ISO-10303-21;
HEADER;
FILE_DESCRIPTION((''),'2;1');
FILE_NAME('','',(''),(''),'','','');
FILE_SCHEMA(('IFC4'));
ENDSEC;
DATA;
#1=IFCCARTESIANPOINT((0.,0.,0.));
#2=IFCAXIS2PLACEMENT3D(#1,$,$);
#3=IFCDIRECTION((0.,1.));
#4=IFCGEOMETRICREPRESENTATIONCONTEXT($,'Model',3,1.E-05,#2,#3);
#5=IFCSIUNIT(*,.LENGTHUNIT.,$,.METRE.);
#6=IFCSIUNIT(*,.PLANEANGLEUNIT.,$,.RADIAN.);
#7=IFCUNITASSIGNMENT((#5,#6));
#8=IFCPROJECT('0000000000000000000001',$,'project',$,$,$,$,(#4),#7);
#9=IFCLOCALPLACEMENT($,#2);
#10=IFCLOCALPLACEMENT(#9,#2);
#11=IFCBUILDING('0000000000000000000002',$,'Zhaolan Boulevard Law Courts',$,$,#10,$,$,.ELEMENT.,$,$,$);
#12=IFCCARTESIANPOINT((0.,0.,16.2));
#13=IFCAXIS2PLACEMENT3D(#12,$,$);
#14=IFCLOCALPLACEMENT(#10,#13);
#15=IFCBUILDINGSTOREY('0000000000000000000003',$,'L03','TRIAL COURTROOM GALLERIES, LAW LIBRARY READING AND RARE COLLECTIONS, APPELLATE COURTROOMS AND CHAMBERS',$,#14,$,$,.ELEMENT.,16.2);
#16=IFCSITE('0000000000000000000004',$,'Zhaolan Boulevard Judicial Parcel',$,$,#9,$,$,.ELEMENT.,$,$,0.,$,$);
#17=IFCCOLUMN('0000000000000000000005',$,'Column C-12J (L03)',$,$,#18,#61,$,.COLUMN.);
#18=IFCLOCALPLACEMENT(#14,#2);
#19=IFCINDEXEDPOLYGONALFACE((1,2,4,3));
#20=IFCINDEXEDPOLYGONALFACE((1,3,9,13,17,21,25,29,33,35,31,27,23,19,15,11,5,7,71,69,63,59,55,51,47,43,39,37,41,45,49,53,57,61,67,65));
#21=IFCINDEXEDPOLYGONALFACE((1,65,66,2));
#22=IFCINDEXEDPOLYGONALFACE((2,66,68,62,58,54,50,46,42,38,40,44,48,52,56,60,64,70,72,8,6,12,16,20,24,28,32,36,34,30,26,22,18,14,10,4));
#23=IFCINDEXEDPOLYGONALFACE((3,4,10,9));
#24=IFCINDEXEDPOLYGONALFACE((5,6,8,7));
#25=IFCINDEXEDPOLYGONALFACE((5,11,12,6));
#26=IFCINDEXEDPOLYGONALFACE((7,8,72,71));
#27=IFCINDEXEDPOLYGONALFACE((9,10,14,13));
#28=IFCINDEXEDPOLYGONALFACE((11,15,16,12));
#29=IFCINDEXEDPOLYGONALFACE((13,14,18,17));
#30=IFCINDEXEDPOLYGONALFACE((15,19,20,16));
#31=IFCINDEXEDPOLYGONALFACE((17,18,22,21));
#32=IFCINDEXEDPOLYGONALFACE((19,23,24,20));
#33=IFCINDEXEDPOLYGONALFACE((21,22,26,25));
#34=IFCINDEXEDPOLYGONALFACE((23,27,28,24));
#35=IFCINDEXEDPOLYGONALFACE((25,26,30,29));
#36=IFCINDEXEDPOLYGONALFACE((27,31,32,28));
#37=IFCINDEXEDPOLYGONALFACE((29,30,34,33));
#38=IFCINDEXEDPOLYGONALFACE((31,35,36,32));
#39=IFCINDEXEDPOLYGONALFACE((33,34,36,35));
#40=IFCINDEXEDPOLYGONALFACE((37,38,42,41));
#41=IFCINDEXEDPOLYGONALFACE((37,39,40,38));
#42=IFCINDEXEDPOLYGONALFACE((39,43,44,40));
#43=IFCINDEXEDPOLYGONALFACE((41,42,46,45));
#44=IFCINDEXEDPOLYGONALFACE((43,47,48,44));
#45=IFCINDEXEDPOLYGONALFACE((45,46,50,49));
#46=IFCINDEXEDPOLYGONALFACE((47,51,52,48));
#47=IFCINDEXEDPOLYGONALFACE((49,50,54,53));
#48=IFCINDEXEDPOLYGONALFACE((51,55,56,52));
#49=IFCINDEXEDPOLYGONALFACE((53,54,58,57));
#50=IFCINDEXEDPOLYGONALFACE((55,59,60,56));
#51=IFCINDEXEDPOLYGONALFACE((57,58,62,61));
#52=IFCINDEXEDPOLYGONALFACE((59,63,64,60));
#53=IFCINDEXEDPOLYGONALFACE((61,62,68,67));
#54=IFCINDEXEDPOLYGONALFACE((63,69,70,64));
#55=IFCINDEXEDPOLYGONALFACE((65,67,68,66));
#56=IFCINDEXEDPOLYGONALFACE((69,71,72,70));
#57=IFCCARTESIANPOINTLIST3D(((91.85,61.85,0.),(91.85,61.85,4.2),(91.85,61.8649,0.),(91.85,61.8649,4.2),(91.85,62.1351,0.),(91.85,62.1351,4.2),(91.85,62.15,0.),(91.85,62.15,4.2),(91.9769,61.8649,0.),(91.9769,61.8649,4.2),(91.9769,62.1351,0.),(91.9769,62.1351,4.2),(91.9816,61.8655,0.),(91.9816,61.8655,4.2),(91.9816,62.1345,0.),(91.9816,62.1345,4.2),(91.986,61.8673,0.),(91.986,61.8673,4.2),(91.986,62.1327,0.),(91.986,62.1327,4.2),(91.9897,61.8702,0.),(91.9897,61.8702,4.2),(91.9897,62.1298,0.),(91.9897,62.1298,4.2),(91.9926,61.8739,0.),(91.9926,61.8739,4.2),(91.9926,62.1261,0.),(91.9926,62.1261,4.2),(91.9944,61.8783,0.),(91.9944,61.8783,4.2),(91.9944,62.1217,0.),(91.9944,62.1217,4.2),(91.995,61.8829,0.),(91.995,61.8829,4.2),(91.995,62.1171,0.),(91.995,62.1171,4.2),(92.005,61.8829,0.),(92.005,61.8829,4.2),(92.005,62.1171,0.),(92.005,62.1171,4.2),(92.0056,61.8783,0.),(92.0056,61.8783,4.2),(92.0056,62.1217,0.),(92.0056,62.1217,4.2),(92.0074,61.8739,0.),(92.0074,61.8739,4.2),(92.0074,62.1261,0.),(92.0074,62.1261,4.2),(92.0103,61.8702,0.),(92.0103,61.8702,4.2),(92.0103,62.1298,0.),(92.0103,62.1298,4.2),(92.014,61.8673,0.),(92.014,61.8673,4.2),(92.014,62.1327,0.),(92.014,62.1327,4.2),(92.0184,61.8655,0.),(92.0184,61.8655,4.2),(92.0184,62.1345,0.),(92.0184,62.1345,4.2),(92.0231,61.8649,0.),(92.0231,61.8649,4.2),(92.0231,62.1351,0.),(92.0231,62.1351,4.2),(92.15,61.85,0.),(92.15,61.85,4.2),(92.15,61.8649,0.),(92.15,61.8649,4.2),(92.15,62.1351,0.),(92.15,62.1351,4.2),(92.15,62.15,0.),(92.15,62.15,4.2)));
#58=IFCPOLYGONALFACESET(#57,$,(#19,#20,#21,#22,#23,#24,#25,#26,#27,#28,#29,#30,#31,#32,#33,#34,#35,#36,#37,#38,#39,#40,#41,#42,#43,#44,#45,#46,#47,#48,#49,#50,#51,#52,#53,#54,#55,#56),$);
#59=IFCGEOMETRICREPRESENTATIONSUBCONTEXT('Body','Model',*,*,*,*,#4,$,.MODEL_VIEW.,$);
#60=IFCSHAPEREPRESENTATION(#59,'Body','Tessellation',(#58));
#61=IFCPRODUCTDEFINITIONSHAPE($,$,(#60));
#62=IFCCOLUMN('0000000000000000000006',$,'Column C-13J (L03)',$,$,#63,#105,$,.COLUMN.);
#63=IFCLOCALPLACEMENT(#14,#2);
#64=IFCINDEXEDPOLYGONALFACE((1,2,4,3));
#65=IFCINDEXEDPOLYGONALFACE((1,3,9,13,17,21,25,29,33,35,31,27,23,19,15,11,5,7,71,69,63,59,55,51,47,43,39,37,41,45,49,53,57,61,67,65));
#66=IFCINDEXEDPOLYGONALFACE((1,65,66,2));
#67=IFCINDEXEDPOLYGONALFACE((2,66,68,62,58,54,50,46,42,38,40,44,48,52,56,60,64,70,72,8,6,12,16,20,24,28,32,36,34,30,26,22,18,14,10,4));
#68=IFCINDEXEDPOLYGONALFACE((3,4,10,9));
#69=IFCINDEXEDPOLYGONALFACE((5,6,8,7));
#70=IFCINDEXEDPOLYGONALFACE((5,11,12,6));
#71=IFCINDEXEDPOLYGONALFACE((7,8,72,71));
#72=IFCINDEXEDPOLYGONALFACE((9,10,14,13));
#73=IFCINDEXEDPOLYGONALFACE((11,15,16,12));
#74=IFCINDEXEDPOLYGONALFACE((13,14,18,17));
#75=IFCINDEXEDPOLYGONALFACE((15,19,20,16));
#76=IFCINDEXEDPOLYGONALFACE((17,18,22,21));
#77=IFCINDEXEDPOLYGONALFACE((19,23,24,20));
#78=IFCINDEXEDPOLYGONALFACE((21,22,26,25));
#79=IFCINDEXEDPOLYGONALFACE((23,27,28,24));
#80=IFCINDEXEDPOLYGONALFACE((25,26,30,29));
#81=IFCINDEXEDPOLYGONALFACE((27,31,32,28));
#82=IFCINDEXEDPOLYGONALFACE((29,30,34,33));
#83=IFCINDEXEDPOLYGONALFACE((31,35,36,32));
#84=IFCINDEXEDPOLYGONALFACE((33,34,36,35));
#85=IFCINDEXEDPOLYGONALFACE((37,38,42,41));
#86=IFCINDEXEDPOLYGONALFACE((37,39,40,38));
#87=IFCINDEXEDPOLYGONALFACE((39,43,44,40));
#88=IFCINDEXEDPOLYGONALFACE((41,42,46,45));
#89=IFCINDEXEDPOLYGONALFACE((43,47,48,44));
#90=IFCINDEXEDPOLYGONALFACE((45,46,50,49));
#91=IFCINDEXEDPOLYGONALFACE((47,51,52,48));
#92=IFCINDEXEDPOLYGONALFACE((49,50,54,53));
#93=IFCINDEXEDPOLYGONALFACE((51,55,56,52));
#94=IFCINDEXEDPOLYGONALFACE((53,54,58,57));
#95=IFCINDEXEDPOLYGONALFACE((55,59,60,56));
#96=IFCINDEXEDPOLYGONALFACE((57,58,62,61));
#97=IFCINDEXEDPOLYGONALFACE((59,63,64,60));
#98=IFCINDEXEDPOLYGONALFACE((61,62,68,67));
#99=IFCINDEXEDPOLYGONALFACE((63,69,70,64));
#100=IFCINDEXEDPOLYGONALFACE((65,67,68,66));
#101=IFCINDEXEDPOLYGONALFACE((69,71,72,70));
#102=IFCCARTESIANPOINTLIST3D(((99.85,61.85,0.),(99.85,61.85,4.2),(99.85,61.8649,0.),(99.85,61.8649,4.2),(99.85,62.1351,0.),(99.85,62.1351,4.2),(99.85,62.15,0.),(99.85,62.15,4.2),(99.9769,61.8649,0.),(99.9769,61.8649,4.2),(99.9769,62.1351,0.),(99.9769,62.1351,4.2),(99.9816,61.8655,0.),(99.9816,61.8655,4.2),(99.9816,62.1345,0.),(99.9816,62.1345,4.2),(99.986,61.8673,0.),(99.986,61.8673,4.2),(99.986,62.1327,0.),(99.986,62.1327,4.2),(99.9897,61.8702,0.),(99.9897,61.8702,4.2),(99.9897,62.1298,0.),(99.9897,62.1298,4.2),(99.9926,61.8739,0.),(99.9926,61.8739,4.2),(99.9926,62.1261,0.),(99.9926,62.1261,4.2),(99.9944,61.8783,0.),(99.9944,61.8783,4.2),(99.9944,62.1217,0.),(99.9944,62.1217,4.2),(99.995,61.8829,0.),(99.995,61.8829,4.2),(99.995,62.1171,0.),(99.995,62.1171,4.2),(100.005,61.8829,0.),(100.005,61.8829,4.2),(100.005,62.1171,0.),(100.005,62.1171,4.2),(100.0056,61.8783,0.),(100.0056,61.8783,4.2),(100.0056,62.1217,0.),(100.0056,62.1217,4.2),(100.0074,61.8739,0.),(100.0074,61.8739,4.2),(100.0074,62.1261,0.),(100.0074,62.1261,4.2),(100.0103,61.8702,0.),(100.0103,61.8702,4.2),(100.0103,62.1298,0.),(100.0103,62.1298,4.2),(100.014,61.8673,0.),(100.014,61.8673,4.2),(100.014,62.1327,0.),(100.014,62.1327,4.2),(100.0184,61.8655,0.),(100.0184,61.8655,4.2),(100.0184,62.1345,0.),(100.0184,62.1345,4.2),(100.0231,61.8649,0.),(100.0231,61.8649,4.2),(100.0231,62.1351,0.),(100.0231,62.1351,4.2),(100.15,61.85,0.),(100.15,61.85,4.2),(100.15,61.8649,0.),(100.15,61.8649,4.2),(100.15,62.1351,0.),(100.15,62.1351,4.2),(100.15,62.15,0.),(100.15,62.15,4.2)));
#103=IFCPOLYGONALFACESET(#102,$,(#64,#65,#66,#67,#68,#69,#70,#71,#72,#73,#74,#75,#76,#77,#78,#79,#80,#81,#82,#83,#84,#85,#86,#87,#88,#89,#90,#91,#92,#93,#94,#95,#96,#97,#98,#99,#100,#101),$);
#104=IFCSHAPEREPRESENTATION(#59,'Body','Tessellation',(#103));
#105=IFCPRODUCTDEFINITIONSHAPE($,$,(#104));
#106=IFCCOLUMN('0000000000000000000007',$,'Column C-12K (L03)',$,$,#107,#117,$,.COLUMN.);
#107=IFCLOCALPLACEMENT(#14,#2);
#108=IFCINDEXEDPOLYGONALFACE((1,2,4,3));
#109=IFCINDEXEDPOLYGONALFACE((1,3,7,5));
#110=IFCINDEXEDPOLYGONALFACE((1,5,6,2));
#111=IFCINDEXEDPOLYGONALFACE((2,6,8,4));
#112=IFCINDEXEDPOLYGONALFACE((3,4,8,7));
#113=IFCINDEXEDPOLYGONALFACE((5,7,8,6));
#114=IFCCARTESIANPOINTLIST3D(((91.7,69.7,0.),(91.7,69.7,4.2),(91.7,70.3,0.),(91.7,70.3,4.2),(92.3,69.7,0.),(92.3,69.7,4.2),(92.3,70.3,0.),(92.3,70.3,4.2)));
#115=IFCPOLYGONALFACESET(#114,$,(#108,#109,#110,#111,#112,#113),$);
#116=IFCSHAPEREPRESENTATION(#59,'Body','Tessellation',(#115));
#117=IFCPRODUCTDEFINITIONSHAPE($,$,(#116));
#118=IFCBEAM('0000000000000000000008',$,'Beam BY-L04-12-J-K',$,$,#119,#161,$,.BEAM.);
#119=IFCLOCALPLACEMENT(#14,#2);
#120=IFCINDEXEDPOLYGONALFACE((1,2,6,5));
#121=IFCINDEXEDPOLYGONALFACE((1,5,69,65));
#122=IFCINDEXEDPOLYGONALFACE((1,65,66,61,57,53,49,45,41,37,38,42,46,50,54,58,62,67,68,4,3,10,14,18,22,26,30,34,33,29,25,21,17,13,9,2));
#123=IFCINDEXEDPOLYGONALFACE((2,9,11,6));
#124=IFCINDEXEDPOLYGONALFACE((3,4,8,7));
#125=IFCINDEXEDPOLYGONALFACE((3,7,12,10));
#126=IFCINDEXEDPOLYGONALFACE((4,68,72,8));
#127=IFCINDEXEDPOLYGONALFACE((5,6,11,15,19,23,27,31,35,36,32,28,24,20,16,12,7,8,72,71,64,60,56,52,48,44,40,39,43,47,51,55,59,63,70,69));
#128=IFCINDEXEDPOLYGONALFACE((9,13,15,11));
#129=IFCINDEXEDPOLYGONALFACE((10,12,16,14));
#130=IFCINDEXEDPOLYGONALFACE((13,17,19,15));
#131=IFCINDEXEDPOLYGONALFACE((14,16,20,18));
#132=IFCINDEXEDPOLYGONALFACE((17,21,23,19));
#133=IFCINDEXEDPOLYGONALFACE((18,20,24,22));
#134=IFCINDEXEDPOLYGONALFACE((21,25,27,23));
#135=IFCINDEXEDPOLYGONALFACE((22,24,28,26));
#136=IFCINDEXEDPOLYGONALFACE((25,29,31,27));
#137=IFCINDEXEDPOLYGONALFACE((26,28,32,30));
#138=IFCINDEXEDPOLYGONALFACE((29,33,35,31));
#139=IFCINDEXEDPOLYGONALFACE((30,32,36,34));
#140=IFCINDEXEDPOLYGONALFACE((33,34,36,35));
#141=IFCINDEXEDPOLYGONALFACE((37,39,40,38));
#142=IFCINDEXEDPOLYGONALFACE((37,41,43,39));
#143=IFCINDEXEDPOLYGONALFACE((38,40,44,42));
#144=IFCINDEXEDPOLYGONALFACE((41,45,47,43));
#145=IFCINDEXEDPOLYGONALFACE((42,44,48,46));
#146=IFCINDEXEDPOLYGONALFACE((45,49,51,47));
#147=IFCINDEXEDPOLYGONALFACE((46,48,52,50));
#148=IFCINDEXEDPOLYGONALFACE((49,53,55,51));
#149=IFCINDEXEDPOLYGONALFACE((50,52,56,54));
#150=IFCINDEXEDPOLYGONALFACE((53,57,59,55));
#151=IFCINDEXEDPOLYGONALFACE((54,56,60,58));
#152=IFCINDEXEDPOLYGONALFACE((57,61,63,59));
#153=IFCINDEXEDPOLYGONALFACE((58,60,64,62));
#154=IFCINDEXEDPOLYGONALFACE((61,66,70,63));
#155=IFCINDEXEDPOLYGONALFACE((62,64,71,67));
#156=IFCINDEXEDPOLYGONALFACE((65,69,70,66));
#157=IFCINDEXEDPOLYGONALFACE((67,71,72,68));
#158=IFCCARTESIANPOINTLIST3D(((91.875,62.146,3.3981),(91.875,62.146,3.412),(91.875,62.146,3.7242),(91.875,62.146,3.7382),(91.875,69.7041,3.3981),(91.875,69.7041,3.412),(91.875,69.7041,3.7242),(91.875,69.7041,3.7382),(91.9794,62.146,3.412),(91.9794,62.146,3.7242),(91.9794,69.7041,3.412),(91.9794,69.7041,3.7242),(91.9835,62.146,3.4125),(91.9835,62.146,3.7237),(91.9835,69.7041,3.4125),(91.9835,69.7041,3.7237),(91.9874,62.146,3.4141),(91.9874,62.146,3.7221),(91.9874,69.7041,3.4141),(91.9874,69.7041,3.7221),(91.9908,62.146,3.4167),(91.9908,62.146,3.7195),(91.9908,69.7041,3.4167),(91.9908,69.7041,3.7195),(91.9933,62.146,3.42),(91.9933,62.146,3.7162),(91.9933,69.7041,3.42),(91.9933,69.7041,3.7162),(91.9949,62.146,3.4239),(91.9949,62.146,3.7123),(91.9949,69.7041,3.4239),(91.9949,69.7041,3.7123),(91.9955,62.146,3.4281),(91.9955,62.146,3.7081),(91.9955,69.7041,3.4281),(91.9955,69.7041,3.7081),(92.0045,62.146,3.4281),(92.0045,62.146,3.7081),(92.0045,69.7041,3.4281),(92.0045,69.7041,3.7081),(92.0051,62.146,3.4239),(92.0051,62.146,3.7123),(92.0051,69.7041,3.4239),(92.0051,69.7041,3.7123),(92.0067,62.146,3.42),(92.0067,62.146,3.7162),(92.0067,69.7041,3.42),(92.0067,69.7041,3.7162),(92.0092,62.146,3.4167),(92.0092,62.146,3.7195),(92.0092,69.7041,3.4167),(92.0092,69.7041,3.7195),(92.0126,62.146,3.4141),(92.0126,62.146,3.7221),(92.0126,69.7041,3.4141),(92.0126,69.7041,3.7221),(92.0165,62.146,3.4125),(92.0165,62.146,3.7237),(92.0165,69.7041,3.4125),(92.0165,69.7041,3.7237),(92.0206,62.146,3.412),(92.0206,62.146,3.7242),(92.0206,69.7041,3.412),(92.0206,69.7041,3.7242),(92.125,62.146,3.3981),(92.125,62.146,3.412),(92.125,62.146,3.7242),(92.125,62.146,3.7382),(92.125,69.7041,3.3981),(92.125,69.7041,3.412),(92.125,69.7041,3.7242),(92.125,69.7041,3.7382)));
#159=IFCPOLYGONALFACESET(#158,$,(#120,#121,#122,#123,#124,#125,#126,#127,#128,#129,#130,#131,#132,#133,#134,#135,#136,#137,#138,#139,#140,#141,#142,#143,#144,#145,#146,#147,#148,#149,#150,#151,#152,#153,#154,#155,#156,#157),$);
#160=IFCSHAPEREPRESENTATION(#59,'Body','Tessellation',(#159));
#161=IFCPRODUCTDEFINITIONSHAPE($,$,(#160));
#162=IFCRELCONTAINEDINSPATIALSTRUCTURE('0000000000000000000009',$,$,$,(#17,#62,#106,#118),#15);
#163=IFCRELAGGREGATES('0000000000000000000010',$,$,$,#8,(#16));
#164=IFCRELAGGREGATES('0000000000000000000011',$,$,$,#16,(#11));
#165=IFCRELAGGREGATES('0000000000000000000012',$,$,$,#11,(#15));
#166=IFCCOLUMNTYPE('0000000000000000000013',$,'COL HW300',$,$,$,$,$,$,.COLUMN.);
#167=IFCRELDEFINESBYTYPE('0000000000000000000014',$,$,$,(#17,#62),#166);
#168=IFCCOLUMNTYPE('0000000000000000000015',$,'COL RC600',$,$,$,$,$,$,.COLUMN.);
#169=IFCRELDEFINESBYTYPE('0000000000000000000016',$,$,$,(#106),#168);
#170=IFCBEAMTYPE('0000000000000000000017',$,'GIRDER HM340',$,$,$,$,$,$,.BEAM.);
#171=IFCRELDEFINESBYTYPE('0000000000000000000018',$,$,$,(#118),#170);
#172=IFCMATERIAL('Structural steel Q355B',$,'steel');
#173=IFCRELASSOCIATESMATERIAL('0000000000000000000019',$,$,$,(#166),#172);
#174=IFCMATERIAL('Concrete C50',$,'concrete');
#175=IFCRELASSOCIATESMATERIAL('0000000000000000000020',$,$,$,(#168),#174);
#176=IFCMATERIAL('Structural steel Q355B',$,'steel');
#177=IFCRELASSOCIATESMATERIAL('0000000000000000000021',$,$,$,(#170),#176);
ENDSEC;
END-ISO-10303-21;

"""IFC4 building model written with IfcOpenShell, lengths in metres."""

from ifc_helpers import new_model, si_unit, direction, frame, origin, origin_2d, place, context, subcontext, project, spatial, rectangle, i_section, extrude, material, material_profile, profile_set, type_object, element, save


model = new_model("IFC4")

# Units and contexts
model_context = context("Model", 3, precision=1e-05, world=origin(), true_north=direction((0.0, 1.0)))
body_context = subcontext(model_context, "Body", "Model", "MODEL_VIEW")
ifc_project = project(units=[si_unit("LENGTHUNIT", "METRE"), si_unit("PLANEANGLEUNIT", "RADIAN")], contexts=[model_context])

# Site, building, storey
site_placement = place(None, origin())
site = spatial("IfcSite", under=ifc_project, at=site_placement, Name="Zhaolan Boulevard Judicial Parcel", CompositionType="ELEMENT", RefElevation=0.0)
building_placement = place(site_placement, origin())
building = spatial("IfcBuilding", under=site, at=building_placement, Name="Zhaolan Boulevard Law Courts", CompositionType="ELEMENT")
storey_placement = place(building_placement, frame((0.0, 0.0, 16.2)))
storey = spatial("IfcBuildingStorey", under=building, at=storey_placement, Name="L03", Description="TRIAL COURTROOM GALLERIES, LAW LIBRARY READING AND RARE COLLECTIONS, APPELLATE COURTROOMS AND CHAMBERS", CompositionType="ELEMENT", Elevation=16.2)

# Columns
ifc_material_1 = material(Name="Structural steel Q355B", Category="steel")
ifc_material_profile_1 = material_profile(ifc_material_1, i_section(OverallWidth=0.3, OverallDepth=0.3, WebThickness=0.01, FlangeThickness=0.0149, FilletRadius=0.0181, at=origin_2d()), Name="HW300x300")
ifc_profile_set_1 = profile_set([ifc_material_profile_1], Name="Structural steel Q355B")
column_type_1 = type_object("IfcColumnType", Name="COL HW300", PredefinedType="COLUMN", material=ifc_profile_set_1)
for number, where, z_axis, x_axis, name in (
    (1, (92.0, 62.0, 0.0), (0.0, 0.0, 1.0), (1.0, 0.0, 0.0), "Column C-12J (L03)"),
    (2, (100.0, 62.0, 0.0), (0.0, 0.0, 1.0), (1.0, 0.0, 0.0), "Column C-13J (L03)"),
):
    element("IfcColumn", number, at=place(storey_placement, frame(where, z_axis=z_axis, x_axis=x_axis)), inside=storey, type_object=column_type_1, Name=name, PredefinedType="COLUMN", context=body_context, shape_type="SweptSolid", body=[
        extrude(i_section(OverallWidth=0.3, OverallDepth=0.3, WebThickness=0.01, FlangeThickness=0.0149, FilletRadius=0.0181, at=origin_2d()), origin(), (0.0, 0.0, 1.0), 4.2),
    ])
ifc_material_2 = material(Name="Concrete C50", Category="concrete")
ifc_material_profile_2 = material_profile(ifc_material_2, rectangle(XDim=0.6001, YDim=0.6001, at=origin_2d()), Name="RC600x600")
ifc_profile_set_2 = profile_set([ifc_material_profile_2], Name="Concrete C50")
column_type_2 = type_object("IfcColumnType", Name="COL RC600", PredefinedType="COLUMN", material=ifc_profile_set_2)
column_placement = place(storey_placement, frame((92.0, 70.0, 0.0), z_axis=(0.0, 0.0, 1.0), x_axis=(1.0, 0.0, 0.0)))
element("IfcColumn", 3, at=column_placement, inside=storey, type_object=column_type_2, Name="Column C-12K (L03)", PredefinedType="COLUMN", context=body_context, shape_type="SweptSolid", body=[
    extrude(rectangle(XDim=0.6001, YDim=0.6001, at=origin_2d()), origin(), (0.0, 0.0, 1.0), 4.2),
])

# Beam
ifc_material_3 = material(Name="Structural steel Q355B", Category="steel")
ifc_material_profile_3 = material_profile(ifc_material_3, i_section(OverallWidth=0.25, OverallDepth=0.3401, WebThickness=0.009, FlangeThickness=0.0139, FilletRadius=0.0161, at=origin_2d()), Name="HM340x250")
ifc_profile_set_3 = profile_set([ifc_material_profile_3], Name="Structural steel Q355B")
beam_type_1 = type_object("IfcBeamType", Name="GIRDER HM340", PredefinedType="BEAM", material=ifc_profile_set_3)
beam_1_placement = place(storey_placement, frame((92.0, 62.146, 3.5681), z_axis=(0.0, 1.0, 0.0), x_axis=(-1.0, 0.0, 0.0)))
element("IfcBeam", 4, at=beam_1_placement, inside=storey, type_object=beam_type_1, Name="Beam BY-L04-12-J-K", PredefinedType="BEAM", context=body_context, shape_type="SweptSolid", body=[
    extrude(i_section(OverallWidth=0.25, OverallDepth=0.3401, WebThickness=0.009, FlangeThickness=0.0139, FilletRadius=0.0161, at=origin_2d()), origin(), (0.0, 0.0, 1.0), 7.5581),
])

save(model, "model.ifc")
